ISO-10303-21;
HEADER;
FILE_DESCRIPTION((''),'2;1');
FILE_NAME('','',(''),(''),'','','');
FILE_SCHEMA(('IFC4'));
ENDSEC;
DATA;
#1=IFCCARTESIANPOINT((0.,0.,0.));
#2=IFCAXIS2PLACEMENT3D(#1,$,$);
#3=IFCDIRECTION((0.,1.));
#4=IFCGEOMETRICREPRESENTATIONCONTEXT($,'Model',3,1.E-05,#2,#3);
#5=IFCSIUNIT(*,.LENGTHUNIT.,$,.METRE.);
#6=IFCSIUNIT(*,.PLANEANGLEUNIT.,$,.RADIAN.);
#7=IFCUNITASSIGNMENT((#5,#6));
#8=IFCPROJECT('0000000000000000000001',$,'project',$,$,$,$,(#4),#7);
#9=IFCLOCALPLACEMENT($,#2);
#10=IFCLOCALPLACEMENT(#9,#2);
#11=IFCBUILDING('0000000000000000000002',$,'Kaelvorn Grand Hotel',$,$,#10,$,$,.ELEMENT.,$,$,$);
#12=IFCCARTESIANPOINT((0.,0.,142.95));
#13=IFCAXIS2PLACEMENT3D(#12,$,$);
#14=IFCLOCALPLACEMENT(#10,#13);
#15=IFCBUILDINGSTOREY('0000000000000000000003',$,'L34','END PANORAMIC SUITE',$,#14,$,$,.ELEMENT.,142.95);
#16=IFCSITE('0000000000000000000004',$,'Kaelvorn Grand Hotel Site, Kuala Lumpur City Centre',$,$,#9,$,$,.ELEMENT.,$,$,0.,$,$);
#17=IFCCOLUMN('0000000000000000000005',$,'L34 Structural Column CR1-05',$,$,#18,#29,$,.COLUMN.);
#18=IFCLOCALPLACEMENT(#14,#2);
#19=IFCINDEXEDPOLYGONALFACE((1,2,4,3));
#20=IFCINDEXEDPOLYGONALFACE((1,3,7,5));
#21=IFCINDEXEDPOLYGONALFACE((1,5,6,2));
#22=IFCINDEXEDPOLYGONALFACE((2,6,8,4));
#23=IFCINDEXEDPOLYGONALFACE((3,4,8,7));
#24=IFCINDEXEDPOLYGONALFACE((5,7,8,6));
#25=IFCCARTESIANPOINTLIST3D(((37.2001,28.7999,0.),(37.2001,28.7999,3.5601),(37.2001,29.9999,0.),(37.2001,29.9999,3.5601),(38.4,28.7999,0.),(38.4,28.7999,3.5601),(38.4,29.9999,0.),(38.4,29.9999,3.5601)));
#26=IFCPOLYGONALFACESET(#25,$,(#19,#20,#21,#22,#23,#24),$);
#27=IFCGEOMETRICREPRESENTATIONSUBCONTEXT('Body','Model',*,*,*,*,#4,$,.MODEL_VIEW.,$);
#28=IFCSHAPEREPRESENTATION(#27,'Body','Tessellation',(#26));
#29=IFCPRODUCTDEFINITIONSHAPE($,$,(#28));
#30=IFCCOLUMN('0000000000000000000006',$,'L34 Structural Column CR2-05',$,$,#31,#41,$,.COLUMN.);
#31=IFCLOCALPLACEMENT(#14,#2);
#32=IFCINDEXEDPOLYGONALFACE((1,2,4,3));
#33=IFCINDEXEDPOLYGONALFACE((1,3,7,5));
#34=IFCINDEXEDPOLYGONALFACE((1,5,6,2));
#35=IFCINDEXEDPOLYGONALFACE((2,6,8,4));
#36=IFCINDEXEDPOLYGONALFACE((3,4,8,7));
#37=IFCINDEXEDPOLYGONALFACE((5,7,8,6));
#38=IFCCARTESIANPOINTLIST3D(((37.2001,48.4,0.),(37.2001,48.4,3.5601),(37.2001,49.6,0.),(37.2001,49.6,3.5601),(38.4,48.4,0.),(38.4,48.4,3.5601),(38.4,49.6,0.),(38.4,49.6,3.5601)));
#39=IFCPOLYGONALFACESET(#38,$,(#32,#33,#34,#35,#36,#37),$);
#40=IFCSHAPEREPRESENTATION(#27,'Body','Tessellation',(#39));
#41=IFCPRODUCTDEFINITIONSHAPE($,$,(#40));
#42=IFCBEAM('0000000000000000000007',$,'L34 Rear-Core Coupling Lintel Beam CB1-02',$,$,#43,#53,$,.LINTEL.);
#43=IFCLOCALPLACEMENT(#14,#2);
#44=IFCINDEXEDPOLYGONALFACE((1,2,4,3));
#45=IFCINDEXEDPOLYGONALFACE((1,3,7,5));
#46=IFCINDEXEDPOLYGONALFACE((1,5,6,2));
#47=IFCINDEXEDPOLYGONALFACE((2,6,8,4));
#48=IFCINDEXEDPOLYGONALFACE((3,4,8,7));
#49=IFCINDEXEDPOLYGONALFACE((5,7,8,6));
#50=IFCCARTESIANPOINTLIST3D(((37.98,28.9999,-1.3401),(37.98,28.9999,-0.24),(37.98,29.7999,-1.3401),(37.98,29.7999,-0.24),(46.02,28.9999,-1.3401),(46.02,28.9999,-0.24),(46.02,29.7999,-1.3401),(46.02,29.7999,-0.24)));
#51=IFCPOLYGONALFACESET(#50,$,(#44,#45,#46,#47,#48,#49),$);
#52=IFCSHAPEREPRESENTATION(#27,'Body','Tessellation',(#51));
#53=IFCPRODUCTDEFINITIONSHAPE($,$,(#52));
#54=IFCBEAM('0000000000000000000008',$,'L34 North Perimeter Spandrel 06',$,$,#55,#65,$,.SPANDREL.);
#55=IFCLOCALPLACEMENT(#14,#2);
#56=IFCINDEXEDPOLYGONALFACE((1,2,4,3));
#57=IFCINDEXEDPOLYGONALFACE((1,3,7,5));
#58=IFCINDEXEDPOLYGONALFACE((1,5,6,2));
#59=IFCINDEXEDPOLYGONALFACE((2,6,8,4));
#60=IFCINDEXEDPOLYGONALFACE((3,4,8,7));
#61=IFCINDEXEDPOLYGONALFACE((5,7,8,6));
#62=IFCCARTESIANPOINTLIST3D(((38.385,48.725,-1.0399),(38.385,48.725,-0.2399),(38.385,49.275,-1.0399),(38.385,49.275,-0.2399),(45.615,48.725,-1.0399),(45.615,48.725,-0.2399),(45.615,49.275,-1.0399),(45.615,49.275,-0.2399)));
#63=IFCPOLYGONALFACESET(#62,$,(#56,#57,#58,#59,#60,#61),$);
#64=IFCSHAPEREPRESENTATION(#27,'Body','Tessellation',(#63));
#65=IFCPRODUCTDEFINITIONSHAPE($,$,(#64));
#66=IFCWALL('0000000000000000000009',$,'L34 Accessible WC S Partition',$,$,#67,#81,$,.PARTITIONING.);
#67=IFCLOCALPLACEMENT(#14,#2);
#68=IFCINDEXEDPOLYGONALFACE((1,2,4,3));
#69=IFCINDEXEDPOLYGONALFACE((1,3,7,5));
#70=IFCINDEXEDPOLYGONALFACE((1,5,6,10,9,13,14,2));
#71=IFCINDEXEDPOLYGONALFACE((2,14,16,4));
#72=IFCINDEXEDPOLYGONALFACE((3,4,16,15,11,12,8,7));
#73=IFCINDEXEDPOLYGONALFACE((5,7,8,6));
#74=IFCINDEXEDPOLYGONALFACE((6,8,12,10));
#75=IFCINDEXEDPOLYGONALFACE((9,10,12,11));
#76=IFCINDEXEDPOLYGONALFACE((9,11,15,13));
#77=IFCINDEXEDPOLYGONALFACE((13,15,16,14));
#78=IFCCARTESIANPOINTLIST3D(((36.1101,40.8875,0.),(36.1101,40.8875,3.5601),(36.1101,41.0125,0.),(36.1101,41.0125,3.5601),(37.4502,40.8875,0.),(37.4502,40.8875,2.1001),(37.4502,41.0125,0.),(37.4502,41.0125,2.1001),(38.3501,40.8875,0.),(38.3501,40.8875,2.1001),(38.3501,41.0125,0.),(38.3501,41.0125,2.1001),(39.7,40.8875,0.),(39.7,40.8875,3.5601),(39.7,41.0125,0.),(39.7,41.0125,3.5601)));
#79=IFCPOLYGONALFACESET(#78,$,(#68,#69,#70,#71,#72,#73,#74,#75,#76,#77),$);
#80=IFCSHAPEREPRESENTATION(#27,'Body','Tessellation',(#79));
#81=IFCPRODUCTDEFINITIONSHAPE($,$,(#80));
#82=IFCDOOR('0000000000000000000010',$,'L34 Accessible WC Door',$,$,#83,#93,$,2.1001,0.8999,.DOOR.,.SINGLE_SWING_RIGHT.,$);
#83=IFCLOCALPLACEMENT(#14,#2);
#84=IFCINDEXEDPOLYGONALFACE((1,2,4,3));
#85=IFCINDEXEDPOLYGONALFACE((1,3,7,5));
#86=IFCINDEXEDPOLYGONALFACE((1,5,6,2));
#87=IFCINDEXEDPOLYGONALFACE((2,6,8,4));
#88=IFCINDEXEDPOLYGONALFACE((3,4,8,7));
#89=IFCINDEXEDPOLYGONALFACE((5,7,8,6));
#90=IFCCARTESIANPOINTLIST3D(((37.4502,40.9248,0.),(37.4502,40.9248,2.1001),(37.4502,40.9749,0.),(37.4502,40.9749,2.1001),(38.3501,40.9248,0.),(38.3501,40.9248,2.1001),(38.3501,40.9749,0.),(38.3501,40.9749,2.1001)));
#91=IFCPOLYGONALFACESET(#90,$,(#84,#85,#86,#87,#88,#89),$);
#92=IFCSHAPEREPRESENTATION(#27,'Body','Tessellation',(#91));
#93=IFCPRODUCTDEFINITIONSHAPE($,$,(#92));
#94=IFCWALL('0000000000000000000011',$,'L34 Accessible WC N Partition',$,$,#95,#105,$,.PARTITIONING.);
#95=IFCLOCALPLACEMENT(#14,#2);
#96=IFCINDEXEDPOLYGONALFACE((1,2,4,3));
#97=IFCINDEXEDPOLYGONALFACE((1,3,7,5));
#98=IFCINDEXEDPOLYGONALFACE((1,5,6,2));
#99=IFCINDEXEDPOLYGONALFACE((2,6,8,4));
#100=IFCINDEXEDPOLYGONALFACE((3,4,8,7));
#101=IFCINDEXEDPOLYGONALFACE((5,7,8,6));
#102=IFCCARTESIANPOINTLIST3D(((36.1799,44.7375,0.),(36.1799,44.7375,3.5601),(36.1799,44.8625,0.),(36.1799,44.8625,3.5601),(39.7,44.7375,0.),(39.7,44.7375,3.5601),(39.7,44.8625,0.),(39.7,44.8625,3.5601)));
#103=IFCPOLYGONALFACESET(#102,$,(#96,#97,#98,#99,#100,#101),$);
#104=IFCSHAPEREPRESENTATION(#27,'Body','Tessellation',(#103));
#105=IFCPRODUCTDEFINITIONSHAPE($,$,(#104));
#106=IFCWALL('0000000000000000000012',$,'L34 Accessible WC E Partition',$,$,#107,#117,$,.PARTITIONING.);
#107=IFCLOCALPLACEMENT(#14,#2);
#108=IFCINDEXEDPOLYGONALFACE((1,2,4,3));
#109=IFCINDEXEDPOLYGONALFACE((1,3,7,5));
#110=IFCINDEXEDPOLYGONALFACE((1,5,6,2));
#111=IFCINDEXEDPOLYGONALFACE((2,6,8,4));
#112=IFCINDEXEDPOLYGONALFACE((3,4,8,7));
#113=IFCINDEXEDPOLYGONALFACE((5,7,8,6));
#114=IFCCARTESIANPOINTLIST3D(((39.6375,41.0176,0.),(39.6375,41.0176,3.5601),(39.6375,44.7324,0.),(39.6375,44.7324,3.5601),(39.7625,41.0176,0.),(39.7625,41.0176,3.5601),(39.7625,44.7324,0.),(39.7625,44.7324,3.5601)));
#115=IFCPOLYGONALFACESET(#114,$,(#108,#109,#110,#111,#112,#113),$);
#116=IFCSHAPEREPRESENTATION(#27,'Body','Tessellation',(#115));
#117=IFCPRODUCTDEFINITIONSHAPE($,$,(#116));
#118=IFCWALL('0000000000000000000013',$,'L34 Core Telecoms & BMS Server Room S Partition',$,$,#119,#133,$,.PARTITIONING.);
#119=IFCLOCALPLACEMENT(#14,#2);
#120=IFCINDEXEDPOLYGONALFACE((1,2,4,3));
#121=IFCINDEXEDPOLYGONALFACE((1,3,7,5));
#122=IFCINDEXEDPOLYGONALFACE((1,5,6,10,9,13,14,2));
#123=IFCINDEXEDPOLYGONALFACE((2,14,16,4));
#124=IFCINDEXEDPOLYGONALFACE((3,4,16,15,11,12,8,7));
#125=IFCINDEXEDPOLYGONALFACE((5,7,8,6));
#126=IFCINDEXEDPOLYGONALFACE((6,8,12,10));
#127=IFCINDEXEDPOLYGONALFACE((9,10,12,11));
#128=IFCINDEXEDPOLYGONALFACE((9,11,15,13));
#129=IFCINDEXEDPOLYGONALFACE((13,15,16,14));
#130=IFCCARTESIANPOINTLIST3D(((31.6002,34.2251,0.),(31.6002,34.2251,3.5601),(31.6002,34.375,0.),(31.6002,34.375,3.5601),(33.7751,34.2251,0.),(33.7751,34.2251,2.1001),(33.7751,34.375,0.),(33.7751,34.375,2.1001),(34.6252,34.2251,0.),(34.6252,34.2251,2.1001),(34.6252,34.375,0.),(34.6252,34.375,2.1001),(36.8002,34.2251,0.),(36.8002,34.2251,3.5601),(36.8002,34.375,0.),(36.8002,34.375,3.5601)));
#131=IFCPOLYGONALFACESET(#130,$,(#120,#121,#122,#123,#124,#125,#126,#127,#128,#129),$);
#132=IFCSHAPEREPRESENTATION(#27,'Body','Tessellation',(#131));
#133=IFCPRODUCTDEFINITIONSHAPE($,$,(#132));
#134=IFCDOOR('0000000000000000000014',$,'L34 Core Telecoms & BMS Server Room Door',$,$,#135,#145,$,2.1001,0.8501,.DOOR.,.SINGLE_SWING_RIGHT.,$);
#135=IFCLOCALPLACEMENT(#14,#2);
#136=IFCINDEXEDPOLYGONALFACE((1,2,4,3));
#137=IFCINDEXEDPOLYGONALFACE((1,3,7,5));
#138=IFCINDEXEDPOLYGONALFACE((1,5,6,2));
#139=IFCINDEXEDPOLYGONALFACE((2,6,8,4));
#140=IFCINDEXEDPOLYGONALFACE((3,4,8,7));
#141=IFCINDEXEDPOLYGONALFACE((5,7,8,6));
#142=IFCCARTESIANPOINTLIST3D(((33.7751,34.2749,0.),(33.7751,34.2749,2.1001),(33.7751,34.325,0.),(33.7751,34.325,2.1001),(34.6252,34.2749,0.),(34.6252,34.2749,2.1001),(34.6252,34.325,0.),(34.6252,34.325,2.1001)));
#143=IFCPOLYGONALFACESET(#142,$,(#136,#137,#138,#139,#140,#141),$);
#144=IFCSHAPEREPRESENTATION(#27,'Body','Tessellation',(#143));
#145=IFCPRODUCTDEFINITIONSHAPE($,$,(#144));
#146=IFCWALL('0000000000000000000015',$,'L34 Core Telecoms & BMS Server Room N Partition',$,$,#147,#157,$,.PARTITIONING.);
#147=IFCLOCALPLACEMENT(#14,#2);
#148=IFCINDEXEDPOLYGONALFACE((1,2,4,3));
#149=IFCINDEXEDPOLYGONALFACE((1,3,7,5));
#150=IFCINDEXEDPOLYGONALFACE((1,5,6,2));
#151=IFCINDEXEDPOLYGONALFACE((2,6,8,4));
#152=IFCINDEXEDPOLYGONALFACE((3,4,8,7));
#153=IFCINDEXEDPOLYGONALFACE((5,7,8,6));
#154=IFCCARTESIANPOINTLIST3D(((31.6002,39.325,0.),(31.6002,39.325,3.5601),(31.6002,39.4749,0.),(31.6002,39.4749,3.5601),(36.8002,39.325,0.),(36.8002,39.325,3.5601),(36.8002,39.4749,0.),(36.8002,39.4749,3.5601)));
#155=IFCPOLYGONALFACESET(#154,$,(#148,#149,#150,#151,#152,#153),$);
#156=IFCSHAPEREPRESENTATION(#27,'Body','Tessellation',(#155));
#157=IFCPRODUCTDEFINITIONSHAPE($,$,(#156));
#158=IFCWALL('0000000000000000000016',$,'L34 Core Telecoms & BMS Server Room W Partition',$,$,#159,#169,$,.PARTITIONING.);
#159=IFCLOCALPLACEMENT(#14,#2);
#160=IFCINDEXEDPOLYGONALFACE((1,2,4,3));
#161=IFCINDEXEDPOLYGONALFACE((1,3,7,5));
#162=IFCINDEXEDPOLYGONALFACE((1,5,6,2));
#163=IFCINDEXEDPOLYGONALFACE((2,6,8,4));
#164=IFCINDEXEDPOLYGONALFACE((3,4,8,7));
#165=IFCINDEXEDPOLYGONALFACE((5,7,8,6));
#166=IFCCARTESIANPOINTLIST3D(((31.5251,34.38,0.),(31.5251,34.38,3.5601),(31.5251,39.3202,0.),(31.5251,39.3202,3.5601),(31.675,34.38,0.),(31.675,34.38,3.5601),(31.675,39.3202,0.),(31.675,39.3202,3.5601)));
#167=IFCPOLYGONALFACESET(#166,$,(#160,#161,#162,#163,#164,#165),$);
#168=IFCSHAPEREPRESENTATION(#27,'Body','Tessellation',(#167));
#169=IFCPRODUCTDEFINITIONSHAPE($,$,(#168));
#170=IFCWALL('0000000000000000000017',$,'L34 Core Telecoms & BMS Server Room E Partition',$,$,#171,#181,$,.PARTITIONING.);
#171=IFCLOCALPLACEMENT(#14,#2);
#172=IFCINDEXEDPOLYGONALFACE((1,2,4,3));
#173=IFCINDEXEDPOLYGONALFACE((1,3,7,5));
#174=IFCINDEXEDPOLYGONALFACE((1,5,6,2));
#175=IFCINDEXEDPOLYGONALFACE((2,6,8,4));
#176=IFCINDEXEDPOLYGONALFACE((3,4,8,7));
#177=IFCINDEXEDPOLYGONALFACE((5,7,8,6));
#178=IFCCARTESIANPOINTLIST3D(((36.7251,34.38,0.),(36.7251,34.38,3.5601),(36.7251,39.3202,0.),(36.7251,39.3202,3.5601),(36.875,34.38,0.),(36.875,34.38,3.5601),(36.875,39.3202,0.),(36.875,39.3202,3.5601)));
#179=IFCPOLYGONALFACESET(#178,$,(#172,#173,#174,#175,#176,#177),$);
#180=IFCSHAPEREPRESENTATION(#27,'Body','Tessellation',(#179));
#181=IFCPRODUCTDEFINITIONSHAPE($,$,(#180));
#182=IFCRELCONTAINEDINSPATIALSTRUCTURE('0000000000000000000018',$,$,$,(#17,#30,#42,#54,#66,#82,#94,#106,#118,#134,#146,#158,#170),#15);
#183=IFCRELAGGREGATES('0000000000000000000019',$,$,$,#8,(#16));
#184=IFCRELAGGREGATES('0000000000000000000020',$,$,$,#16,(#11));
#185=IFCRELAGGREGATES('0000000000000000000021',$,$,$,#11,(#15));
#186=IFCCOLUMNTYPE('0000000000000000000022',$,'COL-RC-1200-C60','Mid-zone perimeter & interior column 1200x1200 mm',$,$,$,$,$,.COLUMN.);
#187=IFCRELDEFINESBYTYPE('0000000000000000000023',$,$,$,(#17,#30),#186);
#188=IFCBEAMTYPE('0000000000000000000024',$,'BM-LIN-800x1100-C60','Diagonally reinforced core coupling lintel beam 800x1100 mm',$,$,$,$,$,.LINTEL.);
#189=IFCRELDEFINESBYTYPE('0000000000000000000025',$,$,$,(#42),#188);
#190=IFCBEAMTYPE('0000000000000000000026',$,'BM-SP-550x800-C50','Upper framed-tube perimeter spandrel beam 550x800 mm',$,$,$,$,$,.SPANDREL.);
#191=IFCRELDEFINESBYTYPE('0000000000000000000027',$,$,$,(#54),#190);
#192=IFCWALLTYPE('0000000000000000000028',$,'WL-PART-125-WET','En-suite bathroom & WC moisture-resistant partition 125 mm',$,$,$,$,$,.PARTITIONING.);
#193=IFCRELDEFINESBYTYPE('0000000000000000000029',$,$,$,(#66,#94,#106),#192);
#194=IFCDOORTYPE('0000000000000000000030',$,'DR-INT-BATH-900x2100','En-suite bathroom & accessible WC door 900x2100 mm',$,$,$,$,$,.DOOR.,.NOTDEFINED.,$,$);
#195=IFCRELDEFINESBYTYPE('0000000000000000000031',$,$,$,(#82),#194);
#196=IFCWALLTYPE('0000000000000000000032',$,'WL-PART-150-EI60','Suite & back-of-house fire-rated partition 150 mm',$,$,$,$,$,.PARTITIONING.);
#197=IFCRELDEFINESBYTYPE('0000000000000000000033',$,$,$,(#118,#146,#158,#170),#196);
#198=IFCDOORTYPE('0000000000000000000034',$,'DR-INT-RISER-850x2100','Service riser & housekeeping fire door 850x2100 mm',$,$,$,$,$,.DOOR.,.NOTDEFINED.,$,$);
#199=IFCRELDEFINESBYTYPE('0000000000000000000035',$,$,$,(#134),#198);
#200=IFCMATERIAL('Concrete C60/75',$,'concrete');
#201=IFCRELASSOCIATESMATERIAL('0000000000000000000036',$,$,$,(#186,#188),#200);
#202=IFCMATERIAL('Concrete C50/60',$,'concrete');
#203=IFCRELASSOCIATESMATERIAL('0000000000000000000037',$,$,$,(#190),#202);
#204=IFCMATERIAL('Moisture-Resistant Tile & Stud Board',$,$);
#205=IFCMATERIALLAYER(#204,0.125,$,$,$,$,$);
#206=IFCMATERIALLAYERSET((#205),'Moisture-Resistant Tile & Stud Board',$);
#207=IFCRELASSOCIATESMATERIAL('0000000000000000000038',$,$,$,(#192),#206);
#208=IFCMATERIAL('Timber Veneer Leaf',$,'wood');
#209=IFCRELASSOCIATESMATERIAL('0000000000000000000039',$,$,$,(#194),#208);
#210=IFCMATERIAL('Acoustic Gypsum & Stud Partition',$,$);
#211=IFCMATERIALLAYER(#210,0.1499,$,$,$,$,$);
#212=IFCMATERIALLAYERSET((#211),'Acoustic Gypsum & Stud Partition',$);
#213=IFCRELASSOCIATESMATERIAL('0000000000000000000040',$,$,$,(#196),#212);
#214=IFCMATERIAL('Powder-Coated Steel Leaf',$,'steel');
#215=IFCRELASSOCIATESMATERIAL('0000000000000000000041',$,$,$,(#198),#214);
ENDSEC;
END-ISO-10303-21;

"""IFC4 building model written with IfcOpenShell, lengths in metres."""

from ifc_helpers import new_model, si_unit, direction, frame, frame_2d, origin, origin_2d, place, context, subcontext, project, spatial, rectangle, extrude, material, layer, layer_set, material_profile, profile_set, type_object, element, fill, save


model = new_model("IFC4")

# Units and contexts
model_context = context("Model", 3, precision=1e-05, world=origin(), true_north=direction((0.0, 1.0)))
body_context = subcontext(model_context, "Body", "Model", "MODEL_VIEW")
ifc_project = project(units=[si_unit("LENGTHUNIT", "METRE"), si_unit("PLANEANGLEUNIT", "RADIAN")], contexts=[model_context])

# Site, building, storey
site_placement = place(None, origin())
site = spatial("IfcSite", under=ifc_project, at=site_placement, Name="Kaelvorn Grand Hotel Site, Kuala Lumpur City Centre", CompositionType="ELEMENT", RefElevation=0.0)
building_placement = place(site_placement, origin())
building = spatial("IfcBuilding", under=site, at=building_placement, Name="Kaelvorn Grand Hotel", CompositionType="ELEMENT")
storey_placement = place(building_placement, frame((0.0, 0.0, 142.95)))
storey = spatial("IfcBuildingStorey", under=building, at=storey_placement, Name="L34", Description="END PANORAMIC SUITE", CompositionType="ELEMENT", Elevation=142.95)

# Columns
ifc_material_1 = material(Name="Concrete C60/75", Category="concrete")
ifc_material_profile_1 = material_profile(ifc_material_1, rectangle(XDim=1.2, YDim=1.2, at=origin_2d()), Name="RC COL 1200x1200")
ifc_profile_set_1 = profile_set([ifc_material_profile_1], Name="Concrete C60/75")
column_type = type_object("IfcColumnType", Name="COL-RC-1200-C60", Description="Mid-zone perimeter & interior column 1200x1200 mm", PredefinedType="COLUMN", material=ifc_profile_set_1)
for number, where, z_axis, x_axis, name in (
    (1, (37.8, 29.3999, 0.0), (0.0, 0.0, 1.0), (1.0, 0.0, 0.0), "L34 Structural Column CR1-05"),
    (2, (37.8, 49.0, 0.0), (0.0, 0.0, 1.0), (1.0, 0.0, 0.0), "L34 Structural Column CR2-05"),
):
    element("IfcColumn", number, at=place(storey_placement, frame(where, z_axis=z_axis, x_axis=x_axis)), inside=storey, type_object=column_type, Name=name, PredefinedType="COLUMN", context=body_context, shape_type="SweptSolid", body=[
        extrude(rectangle(XDim=1.2, YDim=1.2, at=origin_2d()), origin(), (0.0, 0.0, 1.0), 3.5601),
    ])

# Beams
ifc_material_profile_2 = material_profile(ifc_material_1, rectangle(XDim=0.8, YDim=1.1001, at=origin_2d()), Name="RC LINTEL 800x1100")
ifc_profile_set_2 = profile_set([ifc_material_profile_2], Name="Concrete C60/75")
beam_type_1 = type_object("IfcBeamType", Name="BM-LIN-800x1100-C60", Description="Diagonally reinforced core coupling lintel beam 800x1100 mm", PredefinedType="LINTEL", material=ifc_profile_set_2)
beam_1_placement = place(storey_placement, frame((37.98, 29.3999, -0.79), z_axis=(1.0, 0.0, 0.0), x_axis=(0.0, 1.0, 0.0)))
element("IfcBeam", 3, at=beam_1_placement, inside=storey, type_object=beam_type_1, Name="L34 Rear-Core Coupling Lintel Beam CB1-02", PredefinedType="LINTEL", context=body_context, shape_type="SweptSolid", body=[
    extrude(rectangle(XDim=0.8, YDim=1.1001, at=origin_2d()), origin(), (0.0, 0.0, 1.0), 8.04),
])
ifc_material_2 = material(Name="Concrete C50/60", Category="concrete")
ifc_material_profile_3 = material_profile(ifc_material_2, rectangle(XDim=0.55, YDim=0.8, at=origin_2d()), Name="RC SPANDREL 550x800")
ifc_profile_set_3 = profile_set([ifc_material_profile_3], Name="Concrete C50/60")
beam_type_2 = type_object("IfcBeamType", Name="BM-SP-550x800-C50", Description="Upper framed-tube perimeter spandrel beam 550x800 mm", PredefinedType="SPANDREL", material=ifc_profile_set_3)
beam_2_placement = place(storey_placement, frame((38.385, 49.0, -0.6399), z_axis=(1.0, 0.0, 0.0), x_axis=(0.0, 1.0, 0.0)))
element("IfcBeam", 4, at=beam_2_placement, inside=storey, type_object=beam_type_2, Name="L34 North Perimeter Spandrel 06", PredefinedType="SPANDREL", context=body_context, shape_type="SweptSolid", body=[
    extrude(rectangle(XDim=0.55, YDim=0.8, at=origin_2d()), origin(), (0.0, 0.0, 1.0), 7.23),
])

# Wall, opening, door
ifc_material_3 = material(Name="Moisture-Resistant Tile & Stud Board")
ifc_layer_1 = layer(ifc_material_3, 0.125)
ifc_layer_set_1 = layer_set([ifc_layer_1], Name="Moisture-Resistant Tile & Stud Board")
wall_type_1 = type_object("IfcWallType", Name="WL-PART-125-WET", Description="En-suite bathroom & WC moisture-resistant partition 125 mm", PredefinedType="PARTITIONING", material=ifc_layer_set_1)
wall_1_placement = place(storey_placement, frame((36.1101, 40.95, 0.0), z_axis=(0.0, 0.0, 1.0), x_axis=(1.0, 0.0, 0.0)))
wall_1 = element("IfcWall", 5, at=wall_1_placement, inside=storey, type_object=wall_type_1, Name="L34 Accessible WC S Partition", PredefinedType="PARTITIONING", context=body_context, shape_type="SweptSolid", body=[
    extrude(rectangle(XDim=3.5898, YDim=0.125, at=frame_2d((1.7949, 0.0))), origin(), (0.0, 0.0, 1.0), 3.5601),
])
opening_1_placement = place(wall_1_placement, frame((1.3401, 0.0, 0.0)))
opening_1 = element("IfcOpeningElement", 6, at=opening_1_placement, cuts=wall_1, PredefinedType="OPENING", context=body_context, shape_type="SweptSolid", body=[
    extrude(rectangle(XDim=0.8999, YDim=2.1001, at=frame_2d((0.45, 1.05))), frame((0.0, 0.0725, 0.0), z_axis=(0.0, -1.0, 0.0), x_axis=(1.0, 0.0, 0.0)), (0.0, 0.0, 1.0), 0.145),
])
ifc_material_4 = material(Name="Timber Veneer Leaf", Category="wood")
door_type_1 = type_object("IfcDoorType", Name="DR-INT-BATH-900x2100", Description="En-suite bathroom & accessible WC door 900x2100 mm", OperationType="NOTDEFINED", PredefinedType="DOOR", material=ifc_material_4)
door_1_placement = place(opening_1_placement, origin())
door_1 = element("IfcDoor", 7, at=door_1_placement, inside=storey, type_object=door_type_1, Name="L34 Accessible WC Door", OperationType="SINGLE_SWING_RIGHT", OverallHeight=2.1001, OverallWidth=0.8999, PredefinedType="DOOR", context=body_context, shape_type="SweptSolid", body=[
    extrude(rectangle(XDim=0.8999, YDim=2.1001, at=frame_2d((0.45, 1.05))), frame((0.0, 0.0249, 0.0), z_axis=(0.0, -1.0, 0.0), x_axis=(1.0, 0.0, 0.0)), (0.0, 0.0, 1.0), 0.05),
])
fill(opening_1, door_1)

# Walls
wall_2_placement = place(storey_placement, frame((36.1799, 44.8, 0.0), z_axis=(0.0, 0.0, 1.0), x_axis=(1.0, 0.0, 0.0)))
element("IfcWall", 8, at=wall_2_placement, inside=storey, type_object=wall_type_1, Name="L34 Accessible WC N Partition", PredefinedType="PARTITIONING", context=body_context, shape_type="SweptSolid", body=[
    extrude(rectangle(XDim=3.52, YDim=0.125, at=frame_2d((1.76, 0.0))), origin(), (0.0, 0.0, 1.0), 3.5601),
])
wall_3_placement = place(storey_placement, frame((39.7, 41.0176, 0.0), z_axis=(0.0, 0.0, 1.0), x_axis=(0.0, 1.0, 0.0)))
element("IfcWall", 9, at=wall_3_placement, inside=storey, type_object=wall_type_1, Name="L34 Accessible WC E Partition", PredefinedType="PARTITIONING", context=body_context, shape_type="SweptSolid", body=[
    extrude(rectangle(XDim=3.7148, YDim=0.125, at=frame_2d((1.8574, 0.0))), origin(), (0.0, 0.0, 1.0), 3.5601),
])

# Wall, opening, door
ifc_material_5 = material(Name="Acoustic Gypsum & Stud Partition")
ifc_layer_2 = layer(ifc_material_5, 0.1499)
ifc_layer_set_2 = layer_set([ifc_layer_2], Name="Acoustic Gypsum & Stud Partition")
wall_type_2 = type_object("IfcWallType", Name="WL-PART-150-EI60", Description="Suite & back-of-house fire-rated partition 150 mm", PredefinedType="PARTITIONING", material=ifc_layer_set_2)
wall_4_placement = place(storey_placement, frame((31.6001, 34.3, 0.0), z_axis=(0.0, 0.0, 1.0), x_axis=(1.0, 0.0, 0.0)))
wall_4 = element("IfcWall", 10, at=wall_4_placement, inside=storey, type_object=wall_type_2, Name="L34 Core Telecoms & BMS Server Room S Partition", PredefinedType="PARTITIONING", context=body_context, shape_type="SweptSolid", body=[
    extrude(rectangle(XDim=5.2, YDim=0.1499, at=frame_2d((2.6001, 0.0))), origin(), (0.0, 0.0, 1.0), 3.5601),
])
opening_2_placement = place(wall_4_placement, frame((2.175, 0.0, 0.0)))
opening_2 = element("IfcOpeningElement", 11, at=opening_2_placement, cuts=wall_4, PredefinedType="OPENING", context=body_context, shape_type="SweptSolid", body=[
    extrude(rectangle(XDim=0.8501, YDim=2.1001, at=frame_2d((0.425, 1.05))), frame((0.0, 0.085, 0.0), z_axis=(0.0, -1.0, 0.0), x_axis=(1.0, 0.0, 0.0)), (0.0, 0.0, 1.0), 0.1699),
])
ifc_material_6 = material(Name="Powder-Coated Steel Leaf", Category="steel")
door_type_2 = type_object("IfcDoorType", Name="DR-INT-RISER-850x2100", Description="Service riser & housekeeping fire door 850x2100 mm", OperationType="NOTDEFINED", PredefinedType="DOOR", material=ifc_material_6)
door_2_placement = place(opening_2_placement, origin())
door_2 = element("IfcDoor", 12, at=door_2_placement, inside=storey, type_object=door_type_2, Name="L34 Core Telecoms & BMS Server Room Door", OperationType="SINGLE_SWING_RIGHT", OverallHeight=2.1001, OverallWidth=0.8501, PredefinedType="DOOR", context=body_context, shape_type="SweptSolid", body=[
    extrude(rectangle(XDim=0.8501, YDim=2.1001, at=frame_2d((0.425, 1.05))), frame((0.0, 0.0249, 0.0), z_axis=(0.0, -1.0, 0.0), x_axis=(1.0, 0.0, 0.0)), (0.0, 0.0, 1.0), 0.05),
])
fill(opening_2, door_2)

# Walls
wall_5_placement = place(storey_placement, frame((31.6001, 39.3999, 0.0), z_axis=(0.0, 0.0, 1.0), x_axis=(1.0, 0.0, 0.0)))
element("IfcWall", 13, at=wall_5_placement, inside=storey, type_object=wall_type_2, Name="L34 Core Telecoms & BMS Server Room N Partition", PredefinedType="PARTITIONING", context=body_context, shape_type="SweptSolid", body=[
    extrude(rectangle(XDim=5.2, YDim=0.1499, at=frame_2d((2.6001, 0.0))), origin(), (0.0, 0.0, 1.0), 3.5601),
])
for number, where, z_axis, x_axis, name in (
    (14, (31.6001, 34.3799, 0.0), (0.0, 0.0, 1.0), (0.0, 1.0, 0.0), "L34 Core Telecoms & BMS Server Room W Partition"),
    (15, (36.8, 34.3799, 0.0), (0.0, 0.0, 1.0), (0.0, 1.0, 0.0), "L34 Core Telecoms & BMS Server Room E Partition"),
):
    element("IfcWall", number, at=place(storey_placement, frame(where, z_axis=z_axis, x_axis=x_axis)), inside=storey, type_object=wall_type_2, Name=name, PredefinedType="PARTITIONING", context=body_context, shape_type="SweptSolid", body=[
        extrude(rectangle(XDim=4.9402, YDim=0.1499, at=frame_2d((2.4702, 0.0))), origin(), (0.0, 0.0, 1.0), 3.5601),
    ])

save(model, "model.ifc")
